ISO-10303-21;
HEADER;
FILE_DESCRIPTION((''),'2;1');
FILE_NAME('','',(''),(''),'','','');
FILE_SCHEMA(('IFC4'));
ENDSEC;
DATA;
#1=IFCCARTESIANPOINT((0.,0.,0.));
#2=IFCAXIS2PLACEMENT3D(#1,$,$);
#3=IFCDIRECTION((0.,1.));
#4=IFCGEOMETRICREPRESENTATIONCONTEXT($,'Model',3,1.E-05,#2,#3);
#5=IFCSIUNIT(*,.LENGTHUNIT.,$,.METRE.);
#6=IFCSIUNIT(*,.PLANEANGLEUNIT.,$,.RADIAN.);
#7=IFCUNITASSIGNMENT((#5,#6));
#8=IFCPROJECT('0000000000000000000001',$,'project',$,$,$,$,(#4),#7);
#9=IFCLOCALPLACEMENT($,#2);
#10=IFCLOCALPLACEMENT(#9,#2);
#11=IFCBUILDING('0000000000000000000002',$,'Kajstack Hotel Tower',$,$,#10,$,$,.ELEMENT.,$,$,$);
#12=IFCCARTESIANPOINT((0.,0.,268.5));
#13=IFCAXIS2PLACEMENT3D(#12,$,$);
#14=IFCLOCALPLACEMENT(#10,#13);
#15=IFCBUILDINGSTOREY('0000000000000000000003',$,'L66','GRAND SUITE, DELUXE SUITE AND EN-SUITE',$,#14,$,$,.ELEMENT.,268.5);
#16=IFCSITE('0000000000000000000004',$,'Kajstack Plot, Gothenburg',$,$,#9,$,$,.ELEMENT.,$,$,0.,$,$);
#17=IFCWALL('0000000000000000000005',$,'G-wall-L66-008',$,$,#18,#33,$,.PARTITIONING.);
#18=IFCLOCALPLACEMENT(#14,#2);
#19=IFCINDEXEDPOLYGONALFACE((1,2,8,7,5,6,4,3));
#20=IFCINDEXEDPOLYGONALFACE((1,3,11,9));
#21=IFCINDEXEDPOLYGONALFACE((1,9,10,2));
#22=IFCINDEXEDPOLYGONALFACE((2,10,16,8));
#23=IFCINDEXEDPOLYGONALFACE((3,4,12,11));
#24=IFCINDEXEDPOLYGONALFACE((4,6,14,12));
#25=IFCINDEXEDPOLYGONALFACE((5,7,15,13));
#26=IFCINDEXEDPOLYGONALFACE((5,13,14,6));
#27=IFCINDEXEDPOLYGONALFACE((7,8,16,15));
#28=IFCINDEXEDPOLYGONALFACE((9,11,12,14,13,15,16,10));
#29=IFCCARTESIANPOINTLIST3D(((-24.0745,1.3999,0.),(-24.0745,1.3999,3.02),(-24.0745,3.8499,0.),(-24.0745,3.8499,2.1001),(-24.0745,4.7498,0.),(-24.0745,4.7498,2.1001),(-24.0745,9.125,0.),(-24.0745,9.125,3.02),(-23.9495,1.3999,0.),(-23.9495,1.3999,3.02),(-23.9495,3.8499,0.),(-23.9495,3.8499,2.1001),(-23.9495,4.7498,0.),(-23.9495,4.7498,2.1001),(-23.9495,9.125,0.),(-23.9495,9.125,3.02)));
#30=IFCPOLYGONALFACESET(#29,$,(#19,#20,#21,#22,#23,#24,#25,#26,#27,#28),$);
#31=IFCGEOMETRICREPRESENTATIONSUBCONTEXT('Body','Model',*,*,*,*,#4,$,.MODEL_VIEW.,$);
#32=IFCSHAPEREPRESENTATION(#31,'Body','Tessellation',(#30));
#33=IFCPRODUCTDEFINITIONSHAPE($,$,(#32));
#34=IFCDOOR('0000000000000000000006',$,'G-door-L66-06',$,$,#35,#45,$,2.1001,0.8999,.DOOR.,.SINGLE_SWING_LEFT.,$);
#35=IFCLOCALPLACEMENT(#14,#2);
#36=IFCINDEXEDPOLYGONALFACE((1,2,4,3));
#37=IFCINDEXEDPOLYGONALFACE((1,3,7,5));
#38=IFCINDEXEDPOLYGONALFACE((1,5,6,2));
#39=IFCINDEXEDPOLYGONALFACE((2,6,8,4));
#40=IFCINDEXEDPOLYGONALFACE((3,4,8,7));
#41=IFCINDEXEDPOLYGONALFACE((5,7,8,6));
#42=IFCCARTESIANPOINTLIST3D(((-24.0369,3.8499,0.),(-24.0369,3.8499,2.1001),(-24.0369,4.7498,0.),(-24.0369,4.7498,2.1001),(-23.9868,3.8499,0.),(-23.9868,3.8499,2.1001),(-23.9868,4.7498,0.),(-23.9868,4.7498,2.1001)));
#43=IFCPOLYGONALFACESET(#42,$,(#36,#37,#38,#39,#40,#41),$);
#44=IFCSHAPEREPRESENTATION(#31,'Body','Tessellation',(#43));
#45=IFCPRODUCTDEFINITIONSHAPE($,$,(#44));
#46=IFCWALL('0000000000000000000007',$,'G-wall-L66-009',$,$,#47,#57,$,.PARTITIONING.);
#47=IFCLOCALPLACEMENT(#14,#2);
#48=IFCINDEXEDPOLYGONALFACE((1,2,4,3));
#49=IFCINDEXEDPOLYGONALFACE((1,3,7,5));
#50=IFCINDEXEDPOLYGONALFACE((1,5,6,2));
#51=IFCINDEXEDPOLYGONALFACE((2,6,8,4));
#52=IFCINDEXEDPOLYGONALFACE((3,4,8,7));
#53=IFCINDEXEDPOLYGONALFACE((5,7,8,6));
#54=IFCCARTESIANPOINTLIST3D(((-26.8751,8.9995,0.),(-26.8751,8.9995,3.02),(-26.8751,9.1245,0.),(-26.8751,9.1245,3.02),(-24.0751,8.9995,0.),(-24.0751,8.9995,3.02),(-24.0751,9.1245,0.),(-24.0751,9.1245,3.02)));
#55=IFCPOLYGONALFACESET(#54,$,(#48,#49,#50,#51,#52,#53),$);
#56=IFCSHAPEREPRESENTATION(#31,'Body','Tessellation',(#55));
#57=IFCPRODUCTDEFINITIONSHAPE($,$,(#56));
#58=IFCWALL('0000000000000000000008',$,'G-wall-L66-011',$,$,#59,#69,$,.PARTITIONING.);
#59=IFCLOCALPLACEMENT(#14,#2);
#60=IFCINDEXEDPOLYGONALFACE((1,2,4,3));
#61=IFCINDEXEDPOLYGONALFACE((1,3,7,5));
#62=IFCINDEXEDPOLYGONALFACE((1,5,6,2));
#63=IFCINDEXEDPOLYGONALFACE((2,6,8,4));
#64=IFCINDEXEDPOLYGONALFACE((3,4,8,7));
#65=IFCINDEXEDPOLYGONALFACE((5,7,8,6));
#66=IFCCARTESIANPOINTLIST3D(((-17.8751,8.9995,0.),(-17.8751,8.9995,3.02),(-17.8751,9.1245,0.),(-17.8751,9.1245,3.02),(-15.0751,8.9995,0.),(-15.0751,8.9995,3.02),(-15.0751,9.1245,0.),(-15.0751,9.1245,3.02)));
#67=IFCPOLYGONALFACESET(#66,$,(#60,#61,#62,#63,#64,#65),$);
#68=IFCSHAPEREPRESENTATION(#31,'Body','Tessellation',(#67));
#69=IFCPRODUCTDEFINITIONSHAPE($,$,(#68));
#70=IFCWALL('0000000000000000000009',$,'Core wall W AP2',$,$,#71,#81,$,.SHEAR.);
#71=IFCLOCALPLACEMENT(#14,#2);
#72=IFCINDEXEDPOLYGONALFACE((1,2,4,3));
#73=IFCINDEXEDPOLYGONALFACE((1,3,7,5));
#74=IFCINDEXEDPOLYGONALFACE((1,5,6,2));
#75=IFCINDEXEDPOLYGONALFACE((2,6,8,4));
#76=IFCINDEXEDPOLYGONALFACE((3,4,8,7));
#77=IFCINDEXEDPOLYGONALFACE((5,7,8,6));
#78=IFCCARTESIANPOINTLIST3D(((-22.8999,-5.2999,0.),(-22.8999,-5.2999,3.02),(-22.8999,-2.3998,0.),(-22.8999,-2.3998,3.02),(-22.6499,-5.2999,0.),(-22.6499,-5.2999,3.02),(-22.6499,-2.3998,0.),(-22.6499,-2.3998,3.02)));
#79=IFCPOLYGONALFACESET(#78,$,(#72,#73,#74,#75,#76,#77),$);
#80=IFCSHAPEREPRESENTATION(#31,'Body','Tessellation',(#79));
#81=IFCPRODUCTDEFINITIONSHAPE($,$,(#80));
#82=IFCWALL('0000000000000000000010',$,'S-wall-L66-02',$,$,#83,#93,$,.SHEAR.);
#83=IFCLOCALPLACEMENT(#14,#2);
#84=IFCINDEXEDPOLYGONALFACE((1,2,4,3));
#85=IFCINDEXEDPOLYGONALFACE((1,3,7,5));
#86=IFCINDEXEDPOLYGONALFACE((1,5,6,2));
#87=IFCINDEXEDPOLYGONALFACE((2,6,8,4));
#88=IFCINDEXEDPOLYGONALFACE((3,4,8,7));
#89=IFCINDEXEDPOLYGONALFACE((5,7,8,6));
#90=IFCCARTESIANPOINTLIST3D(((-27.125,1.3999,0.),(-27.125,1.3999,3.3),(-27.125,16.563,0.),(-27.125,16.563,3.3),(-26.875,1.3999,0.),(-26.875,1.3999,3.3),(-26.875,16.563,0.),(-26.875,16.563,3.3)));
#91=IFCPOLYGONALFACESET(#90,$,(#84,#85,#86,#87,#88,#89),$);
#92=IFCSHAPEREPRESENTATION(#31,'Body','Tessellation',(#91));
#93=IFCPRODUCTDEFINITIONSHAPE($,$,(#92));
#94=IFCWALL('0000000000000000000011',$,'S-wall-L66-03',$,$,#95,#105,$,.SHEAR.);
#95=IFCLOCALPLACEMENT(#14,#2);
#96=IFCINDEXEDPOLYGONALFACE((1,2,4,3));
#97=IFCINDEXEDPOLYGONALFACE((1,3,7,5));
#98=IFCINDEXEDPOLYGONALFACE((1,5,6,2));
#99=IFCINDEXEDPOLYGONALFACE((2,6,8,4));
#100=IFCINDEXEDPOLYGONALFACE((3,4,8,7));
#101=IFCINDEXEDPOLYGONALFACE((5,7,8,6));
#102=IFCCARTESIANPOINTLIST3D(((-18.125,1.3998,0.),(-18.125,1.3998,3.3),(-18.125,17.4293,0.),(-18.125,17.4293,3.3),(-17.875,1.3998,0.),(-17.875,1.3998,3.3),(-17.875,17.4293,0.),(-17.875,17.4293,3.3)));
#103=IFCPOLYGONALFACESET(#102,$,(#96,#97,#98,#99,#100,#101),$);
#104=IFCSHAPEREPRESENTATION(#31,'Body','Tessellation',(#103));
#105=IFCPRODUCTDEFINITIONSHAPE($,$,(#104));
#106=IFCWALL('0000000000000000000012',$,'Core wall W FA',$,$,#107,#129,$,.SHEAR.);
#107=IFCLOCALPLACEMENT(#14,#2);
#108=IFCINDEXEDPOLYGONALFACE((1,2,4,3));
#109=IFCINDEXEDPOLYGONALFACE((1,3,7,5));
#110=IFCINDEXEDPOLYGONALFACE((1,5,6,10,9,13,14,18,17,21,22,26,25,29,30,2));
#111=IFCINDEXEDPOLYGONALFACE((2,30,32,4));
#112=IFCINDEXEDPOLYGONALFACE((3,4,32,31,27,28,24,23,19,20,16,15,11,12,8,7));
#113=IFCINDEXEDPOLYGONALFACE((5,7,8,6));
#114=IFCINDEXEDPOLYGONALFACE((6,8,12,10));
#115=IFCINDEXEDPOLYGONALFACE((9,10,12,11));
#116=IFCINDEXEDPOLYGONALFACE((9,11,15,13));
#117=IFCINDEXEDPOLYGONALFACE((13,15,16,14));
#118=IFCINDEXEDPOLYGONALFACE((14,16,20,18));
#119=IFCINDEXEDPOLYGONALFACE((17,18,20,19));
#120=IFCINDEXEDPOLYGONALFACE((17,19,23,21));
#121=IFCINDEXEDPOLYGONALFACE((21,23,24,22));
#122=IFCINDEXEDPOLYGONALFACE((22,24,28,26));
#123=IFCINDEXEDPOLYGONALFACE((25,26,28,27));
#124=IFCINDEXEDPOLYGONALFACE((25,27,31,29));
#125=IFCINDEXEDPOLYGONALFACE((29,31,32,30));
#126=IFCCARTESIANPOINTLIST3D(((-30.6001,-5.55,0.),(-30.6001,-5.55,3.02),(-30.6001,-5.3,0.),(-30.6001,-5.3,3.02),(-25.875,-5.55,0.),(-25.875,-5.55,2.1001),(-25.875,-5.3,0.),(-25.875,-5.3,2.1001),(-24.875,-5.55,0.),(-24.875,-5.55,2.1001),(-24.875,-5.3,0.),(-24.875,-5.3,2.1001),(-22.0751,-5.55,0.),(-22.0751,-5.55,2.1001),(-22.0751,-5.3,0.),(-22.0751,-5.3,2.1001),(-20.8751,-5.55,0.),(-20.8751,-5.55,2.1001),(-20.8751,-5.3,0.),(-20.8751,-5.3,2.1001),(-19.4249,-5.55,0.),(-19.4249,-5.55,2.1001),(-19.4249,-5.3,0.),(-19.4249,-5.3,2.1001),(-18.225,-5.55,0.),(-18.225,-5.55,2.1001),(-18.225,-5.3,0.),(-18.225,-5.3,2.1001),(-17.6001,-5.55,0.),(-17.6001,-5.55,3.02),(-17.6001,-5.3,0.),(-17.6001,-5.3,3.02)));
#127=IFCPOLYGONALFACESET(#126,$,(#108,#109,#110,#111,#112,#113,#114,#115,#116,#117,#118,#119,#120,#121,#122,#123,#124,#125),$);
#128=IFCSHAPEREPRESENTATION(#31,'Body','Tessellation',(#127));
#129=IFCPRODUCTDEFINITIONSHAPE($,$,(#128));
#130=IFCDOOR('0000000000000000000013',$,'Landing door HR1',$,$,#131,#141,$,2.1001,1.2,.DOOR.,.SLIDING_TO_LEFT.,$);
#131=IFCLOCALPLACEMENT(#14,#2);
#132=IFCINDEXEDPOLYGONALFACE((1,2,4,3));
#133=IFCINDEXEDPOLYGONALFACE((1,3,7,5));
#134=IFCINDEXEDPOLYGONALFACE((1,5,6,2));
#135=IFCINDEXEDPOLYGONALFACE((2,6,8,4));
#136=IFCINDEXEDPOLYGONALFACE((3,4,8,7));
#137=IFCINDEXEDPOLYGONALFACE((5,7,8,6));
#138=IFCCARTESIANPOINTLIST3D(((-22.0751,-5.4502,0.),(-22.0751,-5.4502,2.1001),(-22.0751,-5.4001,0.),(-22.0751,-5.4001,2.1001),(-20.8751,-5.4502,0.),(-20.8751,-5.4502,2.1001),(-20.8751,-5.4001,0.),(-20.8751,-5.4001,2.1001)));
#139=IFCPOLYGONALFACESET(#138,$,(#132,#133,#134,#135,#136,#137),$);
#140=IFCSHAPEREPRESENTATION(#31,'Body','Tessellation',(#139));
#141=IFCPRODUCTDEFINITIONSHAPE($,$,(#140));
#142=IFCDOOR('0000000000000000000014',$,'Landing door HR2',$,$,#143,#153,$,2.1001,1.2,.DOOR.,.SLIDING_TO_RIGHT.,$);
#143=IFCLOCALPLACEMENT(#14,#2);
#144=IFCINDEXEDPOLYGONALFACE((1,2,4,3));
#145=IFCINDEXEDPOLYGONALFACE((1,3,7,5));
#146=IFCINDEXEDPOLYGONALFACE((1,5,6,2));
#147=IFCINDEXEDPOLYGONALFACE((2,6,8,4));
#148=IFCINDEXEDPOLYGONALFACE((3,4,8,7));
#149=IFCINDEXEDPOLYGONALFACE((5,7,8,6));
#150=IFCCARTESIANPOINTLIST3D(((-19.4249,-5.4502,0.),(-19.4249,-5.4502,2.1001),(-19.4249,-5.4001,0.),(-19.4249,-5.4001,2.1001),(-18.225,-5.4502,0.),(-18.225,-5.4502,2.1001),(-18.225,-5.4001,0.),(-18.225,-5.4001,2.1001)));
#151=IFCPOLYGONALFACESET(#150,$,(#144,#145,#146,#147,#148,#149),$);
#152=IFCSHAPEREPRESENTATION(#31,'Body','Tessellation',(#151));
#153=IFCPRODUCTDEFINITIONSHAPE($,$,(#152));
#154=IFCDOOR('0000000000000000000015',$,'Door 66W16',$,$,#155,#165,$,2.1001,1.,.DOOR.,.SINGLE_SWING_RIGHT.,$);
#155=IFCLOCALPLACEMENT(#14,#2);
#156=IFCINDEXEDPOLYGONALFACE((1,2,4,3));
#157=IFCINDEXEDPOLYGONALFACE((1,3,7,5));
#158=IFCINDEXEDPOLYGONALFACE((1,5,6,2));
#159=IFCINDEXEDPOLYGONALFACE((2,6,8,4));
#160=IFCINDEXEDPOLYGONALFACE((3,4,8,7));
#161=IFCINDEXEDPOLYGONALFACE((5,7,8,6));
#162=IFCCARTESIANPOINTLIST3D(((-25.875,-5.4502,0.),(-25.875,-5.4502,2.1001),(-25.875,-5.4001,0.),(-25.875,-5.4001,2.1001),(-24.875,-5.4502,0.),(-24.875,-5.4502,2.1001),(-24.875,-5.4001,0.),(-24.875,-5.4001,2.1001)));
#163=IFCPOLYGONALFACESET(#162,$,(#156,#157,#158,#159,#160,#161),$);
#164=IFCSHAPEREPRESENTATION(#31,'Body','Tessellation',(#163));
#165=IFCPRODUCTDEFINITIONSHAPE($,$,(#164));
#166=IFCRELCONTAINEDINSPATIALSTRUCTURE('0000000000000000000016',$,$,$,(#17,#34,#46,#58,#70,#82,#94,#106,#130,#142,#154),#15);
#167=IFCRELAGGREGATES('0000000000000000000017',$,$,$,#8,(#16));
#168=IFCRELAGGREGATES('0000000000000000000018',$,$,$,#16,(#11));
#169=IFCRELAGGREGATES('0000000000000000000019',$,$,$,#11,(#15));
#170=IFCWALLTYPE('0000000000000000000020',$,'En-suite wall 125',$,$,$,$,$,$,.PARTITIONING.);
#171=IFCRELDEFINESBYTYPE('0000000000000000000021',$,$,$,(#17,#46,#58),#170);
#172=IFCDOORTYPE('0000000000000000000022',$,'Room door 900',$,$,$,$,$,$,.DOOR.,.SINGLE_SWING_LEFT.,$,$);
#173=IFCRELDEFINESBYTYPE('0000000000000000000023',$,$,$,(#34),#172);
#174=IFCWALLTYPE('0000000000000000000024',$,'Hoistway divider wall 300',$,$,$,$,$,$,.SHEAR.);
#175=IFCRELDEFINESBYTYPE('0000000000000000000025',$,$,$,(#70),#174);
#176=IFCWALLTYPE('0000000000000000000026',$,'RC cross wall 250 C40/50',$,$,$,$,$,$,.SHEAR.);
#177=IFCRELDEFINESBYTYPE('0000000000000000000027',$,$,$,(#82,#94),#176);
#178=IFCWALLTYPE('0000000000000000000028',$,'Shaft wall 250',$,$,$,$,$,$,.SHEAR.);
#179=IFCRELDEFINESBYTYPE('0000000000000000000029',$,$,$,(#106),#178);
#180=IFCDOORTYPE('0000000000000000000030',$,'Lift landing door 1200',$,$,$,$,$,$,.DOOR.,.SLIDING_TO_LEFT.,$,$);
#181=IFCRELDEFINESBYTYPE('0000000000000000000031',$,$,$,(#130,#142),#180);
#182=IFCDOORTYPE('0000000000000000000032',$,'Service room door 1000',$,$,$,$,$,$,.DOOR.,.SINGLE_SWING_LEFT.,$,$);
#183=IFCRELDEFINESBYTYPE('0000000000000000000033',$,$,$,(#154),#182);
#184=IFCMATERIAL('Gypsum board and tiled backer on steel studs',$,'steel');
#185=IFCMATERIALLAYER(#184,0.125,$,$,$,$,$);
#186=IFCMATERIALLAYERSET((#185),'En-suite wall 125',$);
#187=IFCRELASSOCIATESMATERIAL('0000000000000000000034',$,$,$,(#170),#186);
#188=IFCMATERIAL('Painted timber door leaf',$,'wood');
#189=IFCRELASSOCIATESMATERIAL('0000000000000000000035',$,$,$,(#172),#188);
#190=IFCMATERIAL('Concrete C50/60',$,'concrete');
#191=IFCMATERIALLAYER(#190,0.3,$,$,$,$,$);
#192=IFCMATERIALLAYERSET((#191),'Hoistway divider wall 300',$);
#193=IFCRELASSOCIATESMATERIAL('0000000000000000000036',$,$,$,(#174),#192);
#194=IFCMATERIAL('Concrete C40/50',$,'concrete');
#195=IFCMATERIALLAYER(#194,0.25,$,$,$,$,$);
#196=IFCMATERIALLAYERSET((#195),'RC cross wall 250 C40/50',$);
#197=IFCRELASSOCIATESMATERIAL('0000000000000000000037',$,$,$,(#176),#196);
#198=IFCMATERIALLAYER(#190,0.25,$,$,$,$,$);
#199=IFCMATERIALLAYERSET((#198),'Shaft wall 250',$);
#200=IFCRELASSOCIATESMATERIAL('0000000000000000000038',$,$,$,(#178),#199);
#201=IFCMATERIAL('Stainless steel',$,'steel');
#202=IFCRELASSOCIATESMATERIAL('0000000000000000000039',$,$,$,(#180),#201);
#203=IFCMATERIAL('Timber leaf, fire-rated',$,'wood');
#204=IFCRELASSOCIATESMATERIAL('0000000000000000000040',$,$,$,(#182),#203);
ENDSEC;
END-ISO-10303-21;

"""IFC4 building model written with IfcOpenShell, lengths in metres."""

from ifc_helpers import new_model, si_unit, direction, frame, frame_2d, origin, place, context, subcontext, project, spatial, rectangle, extrude, material, layer, layer_set, type_object, element, fill, save


model = new_model("IFC4")

# Units and contexts
model_context = context("Model", 3, precision=1e-05, world=origin(), true_north=direction((0.0, 1.0)))
body_context = subcontext(model_context, "Body", "Model", "MODEL_VIEW")
ifc_project = project(units=[si_unit("LENGTHUNIT", "METRE"), si_unit("PLANEANGLEUNIT", "RADIAN")], contexts=[model_context])

# Site, building, storey
site_placement = place(None, origin())
site = spatial("IfcSite", under=ifc_project, at=site_placement, Name="Kajstack Plot, Gothenburg", CompositionType="ELEMENT", RefElevation=0.0)
building_placement = place(site_placement, origin())
building = spatial("IfcBuilding", under=site, at=building_placement, Name="Kajstack Hotel Tower", CompositionType="ELEMENT")
storey_placement = place(building_placement, frame((0.0, 0.0, 268.5)))
storey = spatial("IfcBuildingStorey", under=building, at=storey_placement, Name="L66", Description="GRAND SUITE, DELUXE SUITE AND EN-SUITE", CompositionType="ELEMENT", Elevation=268.5)

# Wall, opening, door
ifc_material_1 = material(Name="Gypsum board and tiled backer on steel studs", Category="steel")
ifc_layer_1 = layer(ifc_material_1, 0.125)
ifc_layer_set_1 = layer_set([ifc_layer_1], Name="En-suite wall 125")
wall_type_1 = type_object("IfcWallType", Name="En-suite wall 125", PredefinedType="PARTITIONING", material=ifc_layer_set_1)
wall_1_placement = place(storey_placement, frame((-24.012, 1.3999, 0.0), z_axis=(0.0, 0.0, 1.0), x_axis=(0.0, 1.0, 0.0)))
wall_1 = element("IfcWall", 1, at=wall_1_placement, inside=storey, type_object=wall_type_1, Name="G-wall-L66-008", PredefinedType="PARTITIONING", context=body_context, shape_type="SweptSolid", body=[
    extrude(rectangle(XDim=7.7251, YDim=0.125, at=frame_2d((3.8625, 0.0))), origin(), (0.0, 0.0, 1.0), 3.02),
])
opening_1_placement = place(wall_1_placement, frame((2.45, 0.0, 0.0)))
opening_1 = element("IfcOpeningElement", 2, at=opening_1_placement, cuts=wall_1, PredefinedType="OPENING", context=body_context, shape_type="SweptSolid", body=[
    extrude(rectangle(XDim=0.8999, YDim=2.1001, at=frame_2d((0.45, 1.05))), frame((0.0, 0.0725, 0.0), z_axis=(0.0, -1.0, 0.0), x_axis=(1.0, 0.0, 0.0)), (0.0, 0.0, 1.0), 0.145),
])
ifc_material_2 = material(Name="Painted timber door leaf", Category="wood")
door_type_1 = type_object("IfcDoorType", Name="Room door 900", OperationType="SINGLE_SWING_LEFT", PredefinedType="DOOR", material=ifc_material_2)
door_1_placement = place(opening_1_placement, origin())
door_1 = element("IfcDoor", 3, at=door_1_placement, inside=storey, type_object=door_type_1, Name="G-door-L66-06", OperationType="SINGLE_SWING_LEFT", OverallHeight=2.1001, OverallWidth=0.8999, PredefinedType="DOOR", context=body_context, shape_type="SweptSolid", body=[
    extrude(rectangle(XDim=0.8999, YDim=2.1001, at=frame_2d((0.45, 1.05))), frame((0.0, 0.0249, 0.0), z_axis=(0.0, -1.0, 0.0), x_axis=(1.0, 0.0, 0.0)), (0.0, 0.0, 1.0), 0.05),
])
fill(opening_1, door_1)

# Walls
for number, where, z_axis, x_axis, name in (
    (4, (-26.875, 9.062, 0.0), (0.0, 0.0, 1.0), (1.0, 0.0, 0.0), "G-wall-L66-009"),
    (5, (-17.875, 9.062, 0.0), (0.0, 0.0, 1.0), (1.0, 0.0, 0.0), "G-wall-L66-011"),
):
    element("IfcWall", number, at=place(storey_placement, frame(where, z_axis=z_axis, x_axis=x_axis)), inside=storey, type_object=wall_type_1, Name=name, PredefinedType="PARTITIONING", context=body_context, shape_type="SweptSolid", body=[
        extrude(rectangle(XDim=2.8, YDim=0.125, at=frame_2d((1.3999, 0.0))), origin(), (0.0, 0.0, 1.0), 3.02),
    ])
ifc_material_3 = material(Name="Concrete C50/60", Category="concrete")
ifc_layer_2 = layer(ifc_material_3, 0.3)
ifc_layer_set_2 = layer_set([ifc_layer_2], Name="Hoistway divider wall 300")
wall_type_2 = type_object("IfcWallType", Name="Hoistway divider wall 300", PredefinedType="SHEAR", material=ifc_layer_set_2)
wall_2_placement = place(storey_placement, frame((-22.7749, -5.3, 0.0), z_axis=(0.0, 0.0, 1.0), x_axis=(0.0, 1.0, 0.0)))
element("IfcWall", 6, at=wall_2_placement, inside=storey, type_object=wall_type_2, Name="Core wall W AP2", PredefinedType="SHEAR", context=body_context, shape_type="SweptSolid", body=[
    extrude(rectangle(XDim=2.9001, YDim=0.25, at=frame_2d((1.4502, 0.0))), origin(), (0.0, 0.0, 1.0), 3.02),
])
ifc_material_4 = material(Name="Concrete C40/50", Category="concrete")
ifc_layer_3 = layer(ifc_material_4, 0.25)
ifc_layer_set_3 = layer_set([ifc_layer_3], Name="RC cross wall 250 C40/50")
wall_type_3 = type_object("IfcWallType", Name="RC cross wall 250 C40/50", PredefinedType="SHEAR", material=ifc_layer_set_3)
wall_3_placement = place(storey_placement, frame((-27.0, 1.3999, 0.0), z_axis=(0.0, 0.0, 1.0), x_axis=(0.0, 1.0, 0.0)))
element("IfcWall", 7, at=wall_3_placement, inside=storey, type_object=wall_type_3, Name="S-wall-L66-02", PredefinedType="SHEAR", context=body_context, shape_type="SweptSolid", body=[
    extrude(rectangle(XDim=15.1631, YDim=0.25, at=frame_2d((7.5815, 0.0))), origin(), (0.0, 0.0, 1.0), 3.3),
])
wall_4_placement = place(storey_placement, frame((-18.0, 1.3999, 0.0), z_axis=(0.0, 0.0, 1.0), x_axis=(0.0, 1.0, 0.0)))
element("IfcWall", 8, at=wall_4_placement, inside=storey, type_object=wall_type_3, Name="S-wall-L66-03", PredefinedType="SHEAR", context=body_context, shape_type="SweptSolid", body=[
    extrude(rectangle(XDim=16.0295, YDim=0.25, at=frame_2d((8.0146, 0.0))), origin(), (0.0, 0.0, 1.0), 3.3),
])

# Wall, openings, doors
ifc_layer_4 = layer(ifc_material_3, 0.25)
ifc_layer_set_4 = layer_set([ifc_layer_4], Name="Shaft wall 250")
wall_type_4 = type_object("IfcWallType", Name="Shaft wall 250", PredefinedType="SHEAR", material=ifc_layer_set_4)
wall_5_placement = place(storey_placement, frame((-30.6001, -5.425, 0.0), z_axis=(0.0, 0.0, 1.0), x_axis=(1.0, 0.0, 0.0)))
wall_5 = element("IfcWall", 9, at=wall_5_placement, inside=storey, type_object=wall_type_4, Name="Core wall W FA", PredefinedType="SHEAR", context=body_context, shape_type="SweptSolid", body=[
    extrude(rectangle(XDim=13.0, YDim=0.25, at=frame_2d((6.5, 0.0))), origin(), (0.0, 0.0, 1.0), 3.02),
])
opening_2_placement = place(wall_5_placement, frame((8.5249, 0.0, 0.0)))
opening_2 = element("IfcOpeningElement", 10, at=opening_2_placement, cuts=wall_5, PredefinedType="OPENING", context=body_context, shape_type="SweptSolid", body=[
    extrude(rectangle(XDim=1.2, YDim=2.1001, at=frame_2d((0.6001, 1.05))), frame((0.0, 0.135, 0.0), z_axis=(0.0, -1.0, 0.0), x_axis=(1.0, 0.0, 0.0)), (0.0, 0.0, 1.0), 0.27),
])
opening_3_placement = place(wall_5_placement, frame((11.175, 0.0, 0.0)))
opening_3 = element("IfcOpeningElement", 11, at=opening_3_placement, cuts=wall_5, PredefinedType="OPENING", context=body_context, shape_type="SweptSolid", body=[
    extrude(rectangle(XDim=1.2, YDim=2.1001, at=frame_2d((0.6001, 1.05))), frame((0.0, 0.135, 0.0), z_axis=(0.0, -1.0, 0.0), x_axis=(1.0, 0.0, 0.0)), (0.0, 0.0, 1.0), 0.27),
])
opening_4_placement = place(wall_5_placement, frame((4.7251, 0.0, 0.0)))
opening_4 = element("IfcOpeningElement", 12, at=opening_4_placement, cuts=wall_5, PredefinedType="OPENING", context=body_context, shape_type="SweptSolid", body=[
    extrude(rectangle(XDim=1.0, YDim=2.1001, at=frame_2d((0.5, 1.05))), frame((0.0, 0.135, 0.0), z_axis=(0.0, -1.0, 0.0), x_axis=(1.0, 0.0, 0.0)), (0.0, 0.0, 1.0), 0.27),
])
ifc_material_5 = material(Name="Stainless steel", Category="steel")
door_type_2 = type_object("IfcDoorType", Name="Lift landing door 1200", OperationType="SLIDING_TO_LEFT", PredefinedType="DOOR", material=ifc_material_5)
door_2_placement = place(opening_2_placement, origin())
door_2 = element("IfcDoor", 13, at=door_2_placement, inside=storey, type_object=door_type_2, Name="Landing door HR1", OperationType="SLIDING_TO_LEFT", OverallHeight=2.1001, OverallWidth=1.2, PredefinedType="DOOR", context=body_context, shape_type="SweptSolid", body=[
    extrude(rectangle(XDim=1.2, YDim=2.1001, at=frame_2d((0.6001, 1.05))), frame((0.0, 0.0249, 0.0), z_axis=(0.0, -1.0, 0.0), x_axis=(1.0, 0.0, 0.0)), (0.0, 0.0, 1.0), 0.05),
])
fill(opening_2, door_2)
door_3_placement = place(opening_3_placement, origin())
door_3 = element("IfcDoor", 14, at=door_3_placement, inside=storey, type_object=door_type_2, Name="Landing door HR2", OperationType="SLIDING_TO_RIGHT", OverallHeight=2.1001, OverallWidth=1.2, PredefinedType="DOOR", context=body_context, shape_type="SweptSolid", body=[
    extrude(rectangle(XDim=1.2, YDim=2.1001, at=frame_2d((0.6001, 1.05))), frame((0.0, 0.0249, 0.0), z_axis=(0.0, -1.0, 0.0), x_axis=(1.0, 0.0, 0.0)), (0.0, 0.0, 1.0), 0.05),
])
fill(opening_3, door_3)
ifc_material_6 = material(Name="Timber leaf, fire-rated", Category="wood")
door_type_3 = type_object("IfcDoorType", Name="Service room door 1000", OperationType="SINGLE_SWING_LEFT", PredefinedType="DOOR", material=ifc_material_6)
door_4_placement = place(opening_4_placement, origin())
door_4 = element("IfcDoor", 15, at=door_4_placement, inside=storey, type_object=door_type_3, Name="Door 66W16", OperationType="SINGLE_SWING_RIGHT", OverallHeight=2.1001, OverallWidth=1.0, PredefinedType="DOOR", context=body_context, shape_type="SweptSolid", body=[
    extrude(rectangle(XDim=1.0, YDim=2.1001, at=frame_2d((0.5, 1.05))), frame((0.0, 0.0249, 0.0), z_axis=(0.0, -1.0, 0.0), x_axis=(1.0, 0.0, 0.0)), (0.0, 0.0, 1.0), 0.05),
])
fill(opening_4, door_4)

save(model, "model.ifc")
